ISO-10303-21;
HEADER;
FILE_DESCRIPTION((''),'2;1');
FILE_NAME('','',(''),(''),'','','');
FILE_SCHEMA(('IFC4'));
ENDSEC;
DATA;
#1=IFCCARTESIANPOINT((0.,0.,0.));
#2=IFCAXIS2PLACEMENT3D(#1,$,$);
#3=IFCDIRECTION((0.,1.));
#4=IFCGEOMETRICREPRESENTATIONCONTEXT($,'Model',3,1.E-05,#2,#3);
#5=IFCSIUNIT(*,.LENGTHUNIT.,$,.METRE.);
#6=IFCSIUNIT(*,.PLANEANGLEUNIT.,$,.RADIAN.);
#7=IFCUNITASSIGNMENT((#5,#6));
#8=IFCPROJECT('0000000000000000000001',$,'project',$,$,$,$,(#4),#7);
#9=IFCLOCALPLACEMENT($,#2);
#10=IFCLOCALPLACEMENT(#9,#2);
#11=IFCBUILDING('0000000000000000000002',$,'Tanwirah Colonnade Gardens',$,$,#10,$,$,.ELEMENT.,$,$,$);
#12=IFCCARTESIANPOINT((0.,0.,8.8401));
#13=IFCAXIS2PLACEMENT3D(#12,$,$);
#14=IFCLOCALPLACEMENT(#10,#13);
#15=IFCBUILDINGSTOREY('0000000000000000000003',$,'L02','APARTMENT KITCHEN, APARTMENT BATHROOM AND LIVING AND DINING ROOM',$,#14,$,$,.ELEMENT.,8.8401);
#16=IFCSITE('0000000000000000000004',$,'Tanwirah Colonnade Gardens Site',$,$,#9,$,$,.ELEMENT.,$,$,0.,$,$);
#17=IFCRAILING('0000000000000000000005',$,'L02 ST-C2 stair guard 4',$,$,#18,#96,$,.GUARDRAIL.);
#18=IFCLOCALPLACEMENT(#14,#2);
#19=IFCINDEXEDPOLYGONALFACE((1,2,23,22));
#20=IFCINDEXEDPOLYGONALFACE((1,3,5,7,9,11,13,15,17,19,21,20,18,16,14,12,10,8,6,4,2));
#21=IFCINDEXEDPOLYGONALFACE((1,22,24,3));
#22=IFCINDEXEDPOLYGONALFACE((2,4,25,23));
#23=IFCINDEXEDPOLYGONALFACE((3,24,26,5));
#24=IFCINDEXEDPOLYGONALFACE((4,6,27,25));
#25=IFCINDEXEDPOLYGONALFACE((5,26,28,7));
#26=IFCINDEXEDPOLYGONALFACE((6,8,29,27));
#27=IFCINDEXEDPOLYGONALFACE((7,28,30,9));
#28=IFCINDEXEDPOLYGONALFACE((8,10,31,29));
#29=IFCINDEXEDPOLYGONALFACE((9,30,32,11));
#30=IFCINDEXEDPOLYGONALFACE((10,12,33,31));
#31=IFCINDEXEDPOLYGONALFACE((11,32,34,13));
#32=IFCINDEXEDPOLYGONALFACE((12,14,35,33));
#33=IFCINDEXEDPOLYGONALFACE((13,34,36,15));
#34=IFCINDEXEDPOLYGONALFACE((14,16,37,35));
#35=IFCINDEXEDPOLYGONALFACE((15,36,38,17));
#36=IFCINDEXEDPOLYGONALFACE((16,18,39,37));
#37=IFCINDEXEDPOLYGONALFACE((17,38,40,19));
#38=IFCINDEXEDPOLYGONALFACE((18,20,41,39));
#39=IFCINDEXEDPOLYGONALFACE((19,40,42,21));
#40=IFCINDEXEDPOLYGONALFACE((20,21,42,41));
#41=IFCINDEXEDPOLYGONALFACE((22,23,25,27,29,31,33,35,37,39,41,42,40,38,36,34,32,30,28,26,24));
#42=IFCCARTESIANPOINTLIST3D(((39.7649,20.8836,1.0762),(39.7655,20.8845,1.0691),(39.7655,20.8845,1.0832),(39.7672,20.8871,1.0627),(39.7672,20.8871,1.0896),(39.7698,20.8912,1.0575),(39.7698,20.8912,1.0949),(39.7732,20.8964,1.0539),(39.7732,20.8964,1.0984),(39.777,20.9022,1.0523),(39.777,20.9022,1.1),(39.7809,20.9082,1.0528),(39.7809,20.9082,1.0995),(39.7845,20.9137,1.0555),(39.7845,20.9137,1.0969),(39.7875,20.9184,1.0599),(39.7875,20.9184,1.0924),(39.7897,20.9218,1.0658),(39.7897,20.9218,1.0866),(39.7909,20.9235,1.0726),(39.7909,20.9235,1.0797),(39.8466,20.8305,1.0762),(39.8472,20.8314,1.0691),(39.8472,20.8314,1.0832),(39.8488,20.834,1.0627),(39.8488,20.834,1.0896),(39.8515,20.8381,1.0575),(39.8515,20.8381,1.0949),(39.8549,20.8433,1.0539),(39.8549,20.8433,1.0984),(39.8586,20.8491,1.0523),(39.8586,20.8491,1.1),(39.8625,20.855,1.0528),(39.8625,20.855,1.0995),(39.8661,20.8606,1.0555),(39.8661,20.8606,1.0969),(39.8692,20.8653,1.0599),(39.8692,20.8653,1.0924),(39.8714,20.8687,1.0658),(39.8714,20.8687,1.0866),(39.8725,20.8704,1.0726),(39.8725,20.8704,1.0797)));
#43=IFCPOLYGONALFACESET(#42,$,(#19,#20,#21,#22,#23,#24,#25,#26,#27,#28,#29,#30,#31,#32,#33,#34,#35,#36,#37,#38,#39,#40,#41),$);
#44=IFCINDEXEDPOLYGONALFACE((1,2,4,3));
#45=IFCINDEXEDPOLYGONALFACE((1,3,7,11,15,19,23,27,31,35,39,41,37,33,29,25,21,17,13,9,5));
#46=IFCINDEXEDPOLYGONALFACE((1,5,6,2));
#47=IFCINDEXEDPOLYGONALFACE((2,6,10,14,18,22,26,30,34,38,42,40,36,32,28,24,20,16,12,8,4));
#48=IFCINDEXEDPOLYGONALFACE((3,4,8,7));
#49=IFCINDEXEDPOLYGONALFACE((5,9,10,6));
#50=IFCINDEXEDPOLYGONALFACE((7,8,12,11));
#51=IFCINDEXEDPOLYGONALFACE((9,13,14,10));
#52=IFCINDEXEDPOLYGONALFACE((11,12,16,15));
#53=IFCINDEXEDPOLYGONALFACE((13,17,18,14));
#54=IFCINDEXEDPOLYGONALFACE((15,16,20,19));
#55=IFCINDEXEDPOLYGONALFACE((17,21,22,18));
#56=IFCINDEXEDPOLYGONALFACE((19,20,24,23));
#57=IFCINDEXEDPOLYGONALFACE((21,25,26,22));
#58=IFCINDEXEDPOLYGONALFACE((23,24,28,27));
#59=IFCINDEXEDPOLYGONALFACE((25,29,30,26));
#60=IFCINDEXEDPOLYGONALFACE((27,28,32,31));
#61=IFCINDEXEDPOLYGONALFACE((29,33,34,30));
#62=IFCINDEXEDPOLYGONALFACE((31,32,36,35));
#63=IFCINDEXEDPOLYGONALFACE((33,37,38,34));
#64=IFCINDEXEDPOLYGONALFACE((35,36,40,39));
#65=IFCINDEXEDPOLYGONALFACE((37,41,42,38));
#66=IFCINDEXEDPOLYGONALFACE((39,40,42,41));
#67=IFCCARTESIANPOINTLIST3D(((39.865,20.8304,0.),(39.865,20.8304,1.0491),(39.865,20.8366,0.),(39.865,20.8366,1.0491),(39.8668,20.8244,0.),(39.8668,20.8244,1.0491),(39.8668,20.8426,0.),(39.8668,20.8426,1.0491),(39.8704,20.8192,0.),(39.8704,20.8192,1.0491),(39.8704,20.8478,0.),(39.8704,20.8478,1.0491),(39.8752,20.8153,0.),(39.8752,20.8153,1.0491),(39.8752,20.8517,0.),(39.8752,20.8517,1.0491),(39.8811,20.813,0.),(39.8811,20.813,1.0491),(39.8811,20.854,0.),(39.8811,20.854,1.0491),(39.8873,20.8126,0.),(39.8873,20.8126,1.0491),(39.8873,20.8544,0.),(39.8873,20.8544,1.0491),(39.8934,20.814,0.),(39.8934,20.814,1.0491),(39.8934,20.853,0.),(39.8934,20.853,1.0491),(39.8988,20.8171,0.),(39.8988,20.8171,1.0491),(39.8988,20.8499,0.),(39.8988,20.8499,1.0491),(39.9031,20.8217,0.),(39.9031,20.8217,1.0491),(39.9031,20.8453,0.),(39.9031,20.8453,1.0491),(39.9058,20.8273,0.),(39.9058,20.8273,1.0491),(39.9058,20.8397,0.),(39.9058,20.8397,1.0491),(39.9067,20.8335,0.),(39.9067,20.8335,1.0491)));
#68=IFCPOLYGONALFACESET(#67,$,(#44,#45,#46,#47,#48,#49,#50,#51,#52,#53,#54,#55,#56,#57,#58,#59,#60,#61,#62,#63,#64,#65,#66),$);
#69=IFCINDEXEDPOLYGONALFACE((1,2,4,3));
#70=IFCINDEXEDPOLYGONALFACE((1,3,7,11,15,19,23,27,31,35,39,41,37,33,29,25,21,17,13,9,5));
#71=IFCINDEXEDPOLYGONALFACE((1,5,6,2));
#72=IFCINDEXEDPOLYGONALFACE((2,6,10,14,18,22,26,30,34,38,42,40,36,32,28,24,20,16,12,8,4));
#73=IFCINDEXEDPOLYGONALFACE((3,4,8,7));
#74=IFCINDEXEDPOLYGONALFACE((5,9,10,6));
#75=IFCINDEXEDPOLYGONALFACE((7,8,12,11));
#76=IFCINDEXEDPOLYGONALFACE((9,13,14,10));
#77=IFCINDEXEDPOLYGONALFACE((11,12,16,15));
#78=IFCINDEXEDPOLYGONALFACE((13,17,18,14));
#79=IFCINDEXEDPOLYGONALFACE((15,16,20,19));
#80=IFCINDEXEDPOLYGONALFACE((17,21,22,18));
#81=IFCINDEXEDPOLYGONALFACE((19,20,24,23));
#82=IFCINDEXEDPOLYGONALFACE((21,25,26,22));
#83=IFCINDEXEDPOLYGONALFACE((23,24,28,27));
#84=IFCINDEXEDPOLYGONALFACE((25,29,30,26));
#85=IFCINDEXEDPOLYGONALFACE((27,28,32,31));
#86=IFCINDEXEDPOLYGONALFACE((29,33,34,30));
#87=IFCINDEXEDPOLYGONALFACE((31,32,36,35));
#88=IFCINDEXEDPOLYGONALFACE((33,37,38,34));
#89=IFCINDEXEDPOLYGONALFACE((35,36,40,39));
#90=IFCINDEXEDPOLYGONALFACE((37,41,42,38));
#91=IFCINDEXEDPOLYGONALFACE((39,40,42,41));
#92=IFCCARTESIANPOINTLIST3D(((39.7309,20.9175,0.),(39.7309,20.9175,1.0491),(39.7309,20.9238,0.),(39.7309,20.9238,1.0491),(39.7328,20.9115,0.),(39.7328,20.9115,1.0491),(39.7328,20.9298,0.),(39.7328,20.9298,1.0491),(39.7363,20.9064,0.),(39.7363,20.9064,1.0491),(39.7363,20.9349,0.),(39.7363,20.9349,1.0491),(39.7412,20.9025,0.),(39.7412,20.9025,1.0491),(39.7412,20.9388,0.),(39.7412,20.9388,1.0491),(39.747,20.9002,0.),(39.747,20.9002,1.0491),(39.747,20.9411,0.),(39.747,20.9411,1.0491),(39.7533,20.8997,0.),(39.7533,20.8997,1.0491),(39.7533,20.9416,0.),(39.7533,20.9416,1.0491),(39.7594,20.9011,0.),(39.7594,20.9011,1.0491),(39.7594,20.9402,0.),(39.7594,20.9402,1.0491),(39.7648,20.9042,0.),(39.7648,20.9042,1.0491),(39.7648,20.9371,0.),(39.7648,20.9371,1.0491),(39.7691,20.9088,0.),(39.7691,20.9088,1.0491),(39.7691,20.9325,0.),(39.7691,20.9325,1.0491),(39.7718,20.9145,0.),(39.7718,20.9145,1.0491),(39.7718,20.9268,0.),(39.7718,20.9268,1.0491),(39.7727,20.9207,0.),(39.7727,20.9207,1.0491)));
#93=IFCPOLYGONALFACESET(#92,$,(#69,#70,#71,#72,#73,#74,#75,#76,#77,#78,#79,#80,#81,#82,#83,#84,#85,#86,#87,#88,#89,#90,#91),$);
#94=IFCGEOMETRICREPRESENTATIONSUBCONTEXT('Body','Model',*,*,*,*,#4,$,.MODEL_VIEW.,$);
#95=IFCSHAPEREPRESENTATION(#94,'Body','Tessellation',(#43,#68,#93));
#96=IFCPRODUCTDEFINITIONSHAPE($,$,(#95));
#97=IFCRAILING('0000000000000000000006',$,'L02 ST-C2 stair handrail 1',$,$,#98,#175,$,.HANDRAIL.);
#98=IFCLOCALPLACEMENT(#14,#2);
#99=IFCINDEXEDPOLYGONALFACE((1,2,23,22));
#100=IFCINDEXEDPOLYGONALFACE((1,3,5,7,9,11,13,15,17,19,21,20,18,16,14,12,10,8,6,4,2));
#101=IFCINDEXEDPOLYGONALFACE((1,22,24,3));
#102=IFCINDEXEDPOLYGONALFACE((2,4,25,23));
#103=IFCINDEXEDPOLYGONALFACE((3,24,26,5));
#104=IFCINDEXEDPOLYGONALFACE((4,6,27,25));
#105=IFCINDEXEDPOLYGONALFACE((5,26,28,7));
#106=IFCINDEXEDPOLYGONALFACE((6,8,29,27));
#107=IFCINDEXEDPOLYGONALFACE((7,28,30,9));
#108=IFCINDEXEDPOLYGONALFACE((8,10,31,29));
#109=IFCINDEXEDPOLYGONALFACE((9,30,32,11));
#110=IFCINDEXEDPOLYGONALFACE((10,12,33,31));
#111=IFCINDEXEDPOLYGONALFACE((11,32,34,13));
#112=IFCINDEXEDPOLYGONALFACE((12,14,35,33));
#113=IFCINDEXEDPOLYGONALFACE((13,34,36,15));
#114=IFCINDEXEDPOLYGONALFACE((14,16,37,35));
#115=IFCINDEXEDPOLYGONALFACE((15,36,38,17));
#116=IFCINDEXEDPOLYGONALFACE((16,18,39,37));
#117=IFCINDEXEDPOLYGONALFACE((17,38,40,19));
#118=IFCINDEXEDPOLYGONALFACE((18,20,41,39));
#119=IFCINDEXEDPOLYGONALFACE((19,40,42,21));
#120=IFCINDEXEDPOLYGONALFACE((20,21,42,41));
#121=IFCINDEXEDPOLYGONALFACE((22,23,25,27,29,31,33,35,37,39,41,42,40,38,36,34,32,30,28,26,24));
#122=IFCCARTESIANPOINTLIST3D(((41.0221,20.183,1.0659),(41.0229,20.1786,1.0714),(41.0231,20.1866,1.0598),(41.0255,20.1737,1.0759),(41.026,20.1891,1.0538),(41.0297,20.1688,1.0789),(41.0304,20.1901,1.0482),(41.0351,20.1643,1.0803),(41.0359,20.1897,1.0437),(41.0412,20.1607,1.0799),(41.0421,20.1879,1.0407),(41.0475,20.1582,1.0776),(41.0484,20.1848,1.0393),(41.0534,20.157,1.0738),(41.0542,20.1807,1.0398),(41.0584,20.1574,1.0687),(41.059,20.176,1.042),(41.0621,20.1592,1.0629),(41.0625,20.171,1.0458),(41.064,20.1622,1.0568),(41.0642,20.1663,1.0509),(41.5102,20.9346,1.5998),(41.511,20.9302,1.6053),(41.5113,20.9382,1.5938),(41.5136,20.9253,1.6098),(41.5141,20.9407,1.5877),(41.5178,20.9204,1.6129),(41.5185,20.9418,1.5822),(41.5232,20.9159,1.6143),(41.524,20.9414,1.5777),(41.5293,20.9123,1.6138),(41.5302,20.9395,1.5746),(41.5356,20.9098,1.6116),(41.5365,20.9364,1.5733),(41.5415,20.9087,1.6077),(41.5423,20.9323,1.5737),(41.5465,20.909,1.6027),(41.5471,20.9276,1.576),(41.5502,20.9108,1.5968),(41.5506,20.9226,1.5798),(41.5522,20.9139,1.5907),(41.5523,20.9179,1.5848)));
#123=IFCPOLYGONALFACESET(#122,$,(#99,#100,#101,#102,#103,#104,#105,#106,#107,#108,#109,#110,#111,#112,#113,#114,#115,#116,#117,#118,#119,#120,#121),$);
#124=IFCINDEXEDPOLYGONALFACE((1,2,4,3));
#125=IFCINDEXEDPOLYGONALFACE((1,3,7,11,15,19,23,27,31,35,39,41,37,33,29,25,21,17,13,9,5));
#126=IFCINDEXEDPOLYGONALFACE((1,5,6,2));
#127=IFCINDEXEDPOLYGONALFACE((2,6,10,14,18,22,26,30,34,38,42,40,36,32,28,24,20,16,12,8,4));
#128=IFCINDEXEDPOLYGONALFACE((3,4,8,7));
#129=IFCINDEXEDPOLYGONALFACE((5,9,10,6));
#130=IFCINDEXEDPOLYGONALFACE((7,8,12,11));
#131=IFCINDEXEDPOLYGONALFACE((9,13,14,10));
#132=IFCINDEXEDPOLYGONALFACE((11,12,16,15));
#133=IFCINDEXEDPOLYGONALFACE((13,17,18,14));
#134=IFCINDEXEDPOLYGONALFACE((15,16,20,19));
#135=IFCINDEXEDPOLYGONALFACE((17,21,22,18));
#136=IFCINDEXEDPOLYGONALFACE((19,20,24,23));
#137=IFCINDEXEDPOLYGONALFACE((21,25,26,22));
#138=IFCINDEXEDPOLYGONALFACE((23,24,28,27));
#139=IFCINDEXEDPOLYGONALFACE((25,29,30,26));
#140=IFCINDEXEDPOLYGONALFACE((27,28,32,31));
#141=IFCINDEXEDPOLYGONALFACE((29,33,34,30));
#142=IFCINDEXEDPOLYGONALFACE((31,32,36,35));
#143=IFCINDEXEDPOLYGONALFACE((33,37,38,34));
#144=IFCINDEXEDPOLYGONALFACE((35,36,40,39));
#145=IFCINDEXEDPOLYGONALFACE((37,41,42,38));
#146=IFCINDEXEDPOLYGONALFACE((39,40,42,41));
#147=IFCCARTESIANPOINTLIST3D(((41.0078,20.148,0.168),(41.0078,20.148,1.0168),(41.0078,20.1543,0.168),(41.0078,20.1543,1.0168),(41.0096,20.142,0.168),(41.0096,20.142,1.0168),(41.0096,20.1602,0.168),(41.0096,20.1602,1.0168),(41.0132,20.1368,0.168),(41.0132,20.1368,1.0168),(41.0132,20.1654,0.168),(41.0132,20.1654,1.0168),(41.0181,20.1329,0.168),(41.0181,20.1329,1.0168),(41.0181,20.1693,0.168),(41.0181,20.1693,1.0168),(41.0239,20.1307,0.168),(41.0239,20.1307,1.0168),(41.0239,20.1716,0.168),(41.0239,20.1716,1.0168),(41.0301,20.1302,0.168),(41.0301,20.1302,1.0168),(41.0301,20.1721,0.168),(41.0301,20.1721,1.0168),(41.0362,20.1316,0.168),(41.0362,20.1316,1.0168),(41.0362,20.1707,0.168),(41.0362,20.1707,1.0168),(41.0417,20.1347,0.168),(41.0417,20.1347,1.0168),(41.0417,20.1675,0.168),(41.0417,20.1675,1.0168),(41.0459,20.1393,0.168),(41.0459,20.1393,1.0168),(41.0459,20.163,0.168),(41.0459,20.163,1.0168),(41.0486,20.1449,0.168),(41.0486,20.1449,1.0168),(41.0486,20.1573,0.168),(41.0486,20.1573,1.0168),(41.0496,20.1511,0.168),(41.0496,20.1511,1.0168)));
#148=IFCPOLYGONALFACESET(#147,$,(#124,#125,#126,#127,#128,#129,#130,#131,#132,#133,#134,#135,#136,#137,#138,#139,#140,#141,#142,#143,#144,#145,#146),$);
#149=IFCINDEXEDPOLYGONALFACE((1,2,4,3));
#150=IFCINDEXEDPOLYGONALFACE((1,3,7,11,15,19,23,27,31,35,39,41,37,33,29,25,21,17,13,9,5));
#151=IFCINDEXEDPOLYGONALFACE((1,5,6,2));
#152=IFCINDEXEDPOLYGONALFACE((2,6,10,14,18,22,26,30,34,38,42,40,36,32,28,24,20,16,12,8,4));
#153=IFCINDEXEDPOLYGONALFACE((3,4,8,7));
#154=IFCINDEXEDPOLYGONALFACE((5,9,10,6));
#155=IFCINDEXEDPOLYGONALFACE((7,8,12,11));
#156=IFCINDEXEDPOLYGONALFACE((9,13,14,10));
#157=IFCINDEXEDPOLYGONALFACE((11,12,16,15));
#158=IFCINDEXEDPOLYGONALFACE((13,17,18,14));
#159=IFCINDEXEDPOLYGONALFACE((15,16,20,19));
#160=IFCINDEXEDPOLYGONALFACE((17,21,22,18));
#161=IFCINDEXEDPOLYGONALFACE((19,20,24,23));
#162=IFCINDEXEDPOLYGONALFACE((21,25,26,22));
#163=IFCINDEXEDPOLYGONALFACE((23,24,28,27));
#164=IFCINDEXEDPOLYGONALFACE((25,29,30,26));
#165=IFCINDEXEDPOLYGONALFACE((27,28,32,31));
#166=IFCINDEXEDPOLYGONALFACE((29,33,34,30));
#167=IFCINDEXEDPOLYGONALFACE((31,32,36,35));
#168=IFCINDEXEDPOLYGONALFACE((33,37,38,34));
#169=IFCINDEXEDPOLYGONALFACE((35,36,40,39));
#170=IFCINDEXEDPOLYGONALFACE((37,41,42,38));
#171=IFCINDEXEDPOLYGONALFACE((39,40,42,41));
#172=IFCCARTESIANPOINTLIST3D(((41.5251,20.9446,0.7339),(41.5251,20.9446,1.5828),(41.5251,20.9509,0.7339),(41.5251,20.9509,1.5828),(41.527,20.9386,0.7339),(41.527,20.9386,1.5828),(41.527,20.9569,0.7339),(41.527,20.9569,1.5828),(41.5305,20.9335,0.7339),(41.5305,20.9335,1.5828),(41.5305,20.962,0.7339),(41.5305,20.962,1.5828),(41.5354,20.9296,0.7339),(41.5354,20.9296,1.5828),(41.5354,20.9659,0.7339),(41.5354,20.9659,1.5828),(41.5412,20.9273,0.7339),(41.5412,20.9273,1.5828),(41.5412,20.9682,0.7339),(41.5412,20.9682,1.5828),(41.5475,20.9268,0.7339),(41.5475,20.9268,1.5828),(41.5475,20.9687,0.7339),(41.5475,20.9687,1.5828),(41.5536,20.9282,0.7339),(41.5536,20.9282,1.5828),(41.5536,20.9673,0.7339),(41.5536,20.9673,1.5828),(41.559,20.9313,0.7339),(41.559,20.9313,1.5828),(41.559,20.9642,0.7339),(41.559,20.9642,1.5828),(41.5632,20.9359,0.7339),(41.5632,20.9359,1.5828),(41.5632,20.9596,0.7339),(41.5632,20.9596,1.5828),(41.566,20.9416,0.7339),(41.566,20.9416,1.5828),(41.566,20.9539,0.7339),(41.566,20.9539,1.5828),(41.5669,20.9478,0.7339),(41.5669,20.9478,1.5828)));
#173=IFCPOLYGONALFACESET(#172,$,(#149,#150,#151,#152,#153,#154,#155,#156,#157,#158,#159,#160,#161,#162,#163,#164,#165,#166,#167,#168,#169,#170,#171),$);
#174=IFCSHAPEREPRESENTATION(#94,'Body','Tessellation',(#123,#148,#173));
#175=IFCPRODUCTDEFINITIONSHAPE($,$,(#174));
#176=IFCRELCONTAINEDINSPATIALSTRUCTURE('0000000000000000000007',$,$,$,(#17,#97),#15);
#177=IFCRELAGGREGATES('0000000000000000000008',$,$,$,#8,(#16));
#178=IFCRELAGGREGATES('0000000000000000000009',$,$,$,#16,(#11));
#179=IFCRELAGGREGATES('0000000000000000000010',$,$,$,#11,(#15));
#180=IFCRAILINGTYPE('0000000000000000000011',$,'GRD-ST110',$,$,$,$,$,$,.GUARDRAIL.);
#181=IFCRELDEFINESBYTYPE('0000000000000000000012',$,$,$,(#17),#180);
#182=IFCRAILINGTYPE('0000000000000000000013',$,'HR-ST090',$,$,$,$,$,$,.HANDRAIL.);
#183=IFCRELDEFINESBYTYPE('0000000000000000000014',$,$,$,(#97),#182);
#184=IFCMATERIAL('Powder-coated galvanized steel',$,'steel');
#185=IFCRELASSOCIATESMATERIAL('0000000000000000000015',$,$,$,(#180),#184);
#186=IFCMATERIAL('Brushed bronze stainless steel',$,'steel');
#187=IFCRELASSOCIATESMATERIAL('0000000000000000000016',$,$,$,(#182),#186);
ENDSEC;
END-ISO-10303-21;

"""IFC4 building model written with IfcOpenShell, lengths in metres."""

from ifc_helpers import new_model, si_unit, direction, frame, origin, origin_2d, place, context, subcontext, project, spatial, circle, extrude, material, type_object, element, save


model = new_model("IFC4")

# Units and contexts
model_context = context("Model", 3, precision=1e-05, world=origin(), true_north=direction((0.0, 1.0)))
body_context = subcontext(model_context, "Body", "Model", "MODEL_VIEW")
ifc_project = project(units=[si_unit("LENGTHUNIT", "METRE"), si_unit("PLANEANGLEUNIT", "RADIAN")], contexts=[model_context])

# Site, building, storey
site_placement = place(None, origin())
site = spatial("IfcSite", under=ifc_project, at=site_placement, Name="Tanwirah Colonnade Gardens Site", CompositionType="ELEMENT", RefElevation=0.0)
building_placement = place(site_placement, origin())
building = spatial("IfcBuilding", under=site, at=building_placement, Name="Tanwirah Colonnade Gardens", CompositionType="ELEMENT")
storey_placement = place(building_placement, frame((0.0, 0.0, 8.8401)))
storey = spatial("IfcBuildingStorey", under=building, at=storey_placement, Name="L02", Description="APARTMENT KITCHEN, APARTMENT BATHROOM AND LIVING AND DINING ROOM", CompositionType="ELEMENT", Elevation=8.8401)

# Railings
ifc_material_1 = material(Name="Powder-coated galvanized steel", Category="steel")
railing_type_1 = type_object("IfcRailingType", Name="GRD-ST110", PredefinedType="GUARDRAIL", material=ifc_material_1)
railing_1_placement = place(storey_placement, frame((39.8857, 20.8335, 0.0)))
element("IfcRailing", 1, at=railing_1_placement, inside=storey, type_object=railing_type_1, Name="L02 ST-C2 stair guard 4", PredefinedType="GUARDRAIL", context=body_context, shape_type="SweptSolid", body=[
    extrude(circle(Radius=0.0239, at=origin_2d()), frame((-0.0261, 0.0171, 1.0762), z_axis=(-0.838339, 0.545149, 0.0), x_axis=(-0.545149, -0.838339, 0.0)), (0.0, 0.0, 1.0), 0.0974),
    extrude(circle(Radius=0.021, at=origin_2d()), origin(), (0.0, 0.0, 1.0), 1.0491),
    extrude(circle(Radius=0.021, at=origin_2d()), frame((-0.134, 0.0872, 0.0)), (0.0, 0.0, 1.0), 1.0491),
])
ifc_material_2 = material(Name="Brushed bronze stainless steel", Category="steel")
railing_type_2 = type_object("IfcRailingType", Name="HR-ST090", PredefinedType="HANDRAIL", material=ifc_material_2)
for number, where, name in (
    (2, (41.0286, 20.1511, 0.168), "L02 ST-C2 stair handrail 1"),
):
    element("IfcRailing", number, at=place(storey_placement, frame(where)), inside=storey, type_object=railing_type_2, Name=name, PredefinedType="HANDRAIL", context=body_context, shape_type="SweptSolid", body=[
        extrude(circle(Radius=0.0239, at=origin_2d()), frame((0.0146, 0.0225, 0.8918), z_axis=(0.46789, 0.720492, 0.51183), x_axis=(-0.838673, 0.544636, 0.0)), (0.0, 0.0, 1.0), 1.0432),
        extrude(circle(Radius=0.021, at=origin_2d()), origin(), (0.0, 0.0, 1.0), 0.8489),
        extrude(circle(Radius=0.021, at=origin_2d()), frame((0.5173, 0.7966, 0.5659)), (0.0, 0.0, 1.0), 0.8489),
    ])

save(model, "model.ifc")
